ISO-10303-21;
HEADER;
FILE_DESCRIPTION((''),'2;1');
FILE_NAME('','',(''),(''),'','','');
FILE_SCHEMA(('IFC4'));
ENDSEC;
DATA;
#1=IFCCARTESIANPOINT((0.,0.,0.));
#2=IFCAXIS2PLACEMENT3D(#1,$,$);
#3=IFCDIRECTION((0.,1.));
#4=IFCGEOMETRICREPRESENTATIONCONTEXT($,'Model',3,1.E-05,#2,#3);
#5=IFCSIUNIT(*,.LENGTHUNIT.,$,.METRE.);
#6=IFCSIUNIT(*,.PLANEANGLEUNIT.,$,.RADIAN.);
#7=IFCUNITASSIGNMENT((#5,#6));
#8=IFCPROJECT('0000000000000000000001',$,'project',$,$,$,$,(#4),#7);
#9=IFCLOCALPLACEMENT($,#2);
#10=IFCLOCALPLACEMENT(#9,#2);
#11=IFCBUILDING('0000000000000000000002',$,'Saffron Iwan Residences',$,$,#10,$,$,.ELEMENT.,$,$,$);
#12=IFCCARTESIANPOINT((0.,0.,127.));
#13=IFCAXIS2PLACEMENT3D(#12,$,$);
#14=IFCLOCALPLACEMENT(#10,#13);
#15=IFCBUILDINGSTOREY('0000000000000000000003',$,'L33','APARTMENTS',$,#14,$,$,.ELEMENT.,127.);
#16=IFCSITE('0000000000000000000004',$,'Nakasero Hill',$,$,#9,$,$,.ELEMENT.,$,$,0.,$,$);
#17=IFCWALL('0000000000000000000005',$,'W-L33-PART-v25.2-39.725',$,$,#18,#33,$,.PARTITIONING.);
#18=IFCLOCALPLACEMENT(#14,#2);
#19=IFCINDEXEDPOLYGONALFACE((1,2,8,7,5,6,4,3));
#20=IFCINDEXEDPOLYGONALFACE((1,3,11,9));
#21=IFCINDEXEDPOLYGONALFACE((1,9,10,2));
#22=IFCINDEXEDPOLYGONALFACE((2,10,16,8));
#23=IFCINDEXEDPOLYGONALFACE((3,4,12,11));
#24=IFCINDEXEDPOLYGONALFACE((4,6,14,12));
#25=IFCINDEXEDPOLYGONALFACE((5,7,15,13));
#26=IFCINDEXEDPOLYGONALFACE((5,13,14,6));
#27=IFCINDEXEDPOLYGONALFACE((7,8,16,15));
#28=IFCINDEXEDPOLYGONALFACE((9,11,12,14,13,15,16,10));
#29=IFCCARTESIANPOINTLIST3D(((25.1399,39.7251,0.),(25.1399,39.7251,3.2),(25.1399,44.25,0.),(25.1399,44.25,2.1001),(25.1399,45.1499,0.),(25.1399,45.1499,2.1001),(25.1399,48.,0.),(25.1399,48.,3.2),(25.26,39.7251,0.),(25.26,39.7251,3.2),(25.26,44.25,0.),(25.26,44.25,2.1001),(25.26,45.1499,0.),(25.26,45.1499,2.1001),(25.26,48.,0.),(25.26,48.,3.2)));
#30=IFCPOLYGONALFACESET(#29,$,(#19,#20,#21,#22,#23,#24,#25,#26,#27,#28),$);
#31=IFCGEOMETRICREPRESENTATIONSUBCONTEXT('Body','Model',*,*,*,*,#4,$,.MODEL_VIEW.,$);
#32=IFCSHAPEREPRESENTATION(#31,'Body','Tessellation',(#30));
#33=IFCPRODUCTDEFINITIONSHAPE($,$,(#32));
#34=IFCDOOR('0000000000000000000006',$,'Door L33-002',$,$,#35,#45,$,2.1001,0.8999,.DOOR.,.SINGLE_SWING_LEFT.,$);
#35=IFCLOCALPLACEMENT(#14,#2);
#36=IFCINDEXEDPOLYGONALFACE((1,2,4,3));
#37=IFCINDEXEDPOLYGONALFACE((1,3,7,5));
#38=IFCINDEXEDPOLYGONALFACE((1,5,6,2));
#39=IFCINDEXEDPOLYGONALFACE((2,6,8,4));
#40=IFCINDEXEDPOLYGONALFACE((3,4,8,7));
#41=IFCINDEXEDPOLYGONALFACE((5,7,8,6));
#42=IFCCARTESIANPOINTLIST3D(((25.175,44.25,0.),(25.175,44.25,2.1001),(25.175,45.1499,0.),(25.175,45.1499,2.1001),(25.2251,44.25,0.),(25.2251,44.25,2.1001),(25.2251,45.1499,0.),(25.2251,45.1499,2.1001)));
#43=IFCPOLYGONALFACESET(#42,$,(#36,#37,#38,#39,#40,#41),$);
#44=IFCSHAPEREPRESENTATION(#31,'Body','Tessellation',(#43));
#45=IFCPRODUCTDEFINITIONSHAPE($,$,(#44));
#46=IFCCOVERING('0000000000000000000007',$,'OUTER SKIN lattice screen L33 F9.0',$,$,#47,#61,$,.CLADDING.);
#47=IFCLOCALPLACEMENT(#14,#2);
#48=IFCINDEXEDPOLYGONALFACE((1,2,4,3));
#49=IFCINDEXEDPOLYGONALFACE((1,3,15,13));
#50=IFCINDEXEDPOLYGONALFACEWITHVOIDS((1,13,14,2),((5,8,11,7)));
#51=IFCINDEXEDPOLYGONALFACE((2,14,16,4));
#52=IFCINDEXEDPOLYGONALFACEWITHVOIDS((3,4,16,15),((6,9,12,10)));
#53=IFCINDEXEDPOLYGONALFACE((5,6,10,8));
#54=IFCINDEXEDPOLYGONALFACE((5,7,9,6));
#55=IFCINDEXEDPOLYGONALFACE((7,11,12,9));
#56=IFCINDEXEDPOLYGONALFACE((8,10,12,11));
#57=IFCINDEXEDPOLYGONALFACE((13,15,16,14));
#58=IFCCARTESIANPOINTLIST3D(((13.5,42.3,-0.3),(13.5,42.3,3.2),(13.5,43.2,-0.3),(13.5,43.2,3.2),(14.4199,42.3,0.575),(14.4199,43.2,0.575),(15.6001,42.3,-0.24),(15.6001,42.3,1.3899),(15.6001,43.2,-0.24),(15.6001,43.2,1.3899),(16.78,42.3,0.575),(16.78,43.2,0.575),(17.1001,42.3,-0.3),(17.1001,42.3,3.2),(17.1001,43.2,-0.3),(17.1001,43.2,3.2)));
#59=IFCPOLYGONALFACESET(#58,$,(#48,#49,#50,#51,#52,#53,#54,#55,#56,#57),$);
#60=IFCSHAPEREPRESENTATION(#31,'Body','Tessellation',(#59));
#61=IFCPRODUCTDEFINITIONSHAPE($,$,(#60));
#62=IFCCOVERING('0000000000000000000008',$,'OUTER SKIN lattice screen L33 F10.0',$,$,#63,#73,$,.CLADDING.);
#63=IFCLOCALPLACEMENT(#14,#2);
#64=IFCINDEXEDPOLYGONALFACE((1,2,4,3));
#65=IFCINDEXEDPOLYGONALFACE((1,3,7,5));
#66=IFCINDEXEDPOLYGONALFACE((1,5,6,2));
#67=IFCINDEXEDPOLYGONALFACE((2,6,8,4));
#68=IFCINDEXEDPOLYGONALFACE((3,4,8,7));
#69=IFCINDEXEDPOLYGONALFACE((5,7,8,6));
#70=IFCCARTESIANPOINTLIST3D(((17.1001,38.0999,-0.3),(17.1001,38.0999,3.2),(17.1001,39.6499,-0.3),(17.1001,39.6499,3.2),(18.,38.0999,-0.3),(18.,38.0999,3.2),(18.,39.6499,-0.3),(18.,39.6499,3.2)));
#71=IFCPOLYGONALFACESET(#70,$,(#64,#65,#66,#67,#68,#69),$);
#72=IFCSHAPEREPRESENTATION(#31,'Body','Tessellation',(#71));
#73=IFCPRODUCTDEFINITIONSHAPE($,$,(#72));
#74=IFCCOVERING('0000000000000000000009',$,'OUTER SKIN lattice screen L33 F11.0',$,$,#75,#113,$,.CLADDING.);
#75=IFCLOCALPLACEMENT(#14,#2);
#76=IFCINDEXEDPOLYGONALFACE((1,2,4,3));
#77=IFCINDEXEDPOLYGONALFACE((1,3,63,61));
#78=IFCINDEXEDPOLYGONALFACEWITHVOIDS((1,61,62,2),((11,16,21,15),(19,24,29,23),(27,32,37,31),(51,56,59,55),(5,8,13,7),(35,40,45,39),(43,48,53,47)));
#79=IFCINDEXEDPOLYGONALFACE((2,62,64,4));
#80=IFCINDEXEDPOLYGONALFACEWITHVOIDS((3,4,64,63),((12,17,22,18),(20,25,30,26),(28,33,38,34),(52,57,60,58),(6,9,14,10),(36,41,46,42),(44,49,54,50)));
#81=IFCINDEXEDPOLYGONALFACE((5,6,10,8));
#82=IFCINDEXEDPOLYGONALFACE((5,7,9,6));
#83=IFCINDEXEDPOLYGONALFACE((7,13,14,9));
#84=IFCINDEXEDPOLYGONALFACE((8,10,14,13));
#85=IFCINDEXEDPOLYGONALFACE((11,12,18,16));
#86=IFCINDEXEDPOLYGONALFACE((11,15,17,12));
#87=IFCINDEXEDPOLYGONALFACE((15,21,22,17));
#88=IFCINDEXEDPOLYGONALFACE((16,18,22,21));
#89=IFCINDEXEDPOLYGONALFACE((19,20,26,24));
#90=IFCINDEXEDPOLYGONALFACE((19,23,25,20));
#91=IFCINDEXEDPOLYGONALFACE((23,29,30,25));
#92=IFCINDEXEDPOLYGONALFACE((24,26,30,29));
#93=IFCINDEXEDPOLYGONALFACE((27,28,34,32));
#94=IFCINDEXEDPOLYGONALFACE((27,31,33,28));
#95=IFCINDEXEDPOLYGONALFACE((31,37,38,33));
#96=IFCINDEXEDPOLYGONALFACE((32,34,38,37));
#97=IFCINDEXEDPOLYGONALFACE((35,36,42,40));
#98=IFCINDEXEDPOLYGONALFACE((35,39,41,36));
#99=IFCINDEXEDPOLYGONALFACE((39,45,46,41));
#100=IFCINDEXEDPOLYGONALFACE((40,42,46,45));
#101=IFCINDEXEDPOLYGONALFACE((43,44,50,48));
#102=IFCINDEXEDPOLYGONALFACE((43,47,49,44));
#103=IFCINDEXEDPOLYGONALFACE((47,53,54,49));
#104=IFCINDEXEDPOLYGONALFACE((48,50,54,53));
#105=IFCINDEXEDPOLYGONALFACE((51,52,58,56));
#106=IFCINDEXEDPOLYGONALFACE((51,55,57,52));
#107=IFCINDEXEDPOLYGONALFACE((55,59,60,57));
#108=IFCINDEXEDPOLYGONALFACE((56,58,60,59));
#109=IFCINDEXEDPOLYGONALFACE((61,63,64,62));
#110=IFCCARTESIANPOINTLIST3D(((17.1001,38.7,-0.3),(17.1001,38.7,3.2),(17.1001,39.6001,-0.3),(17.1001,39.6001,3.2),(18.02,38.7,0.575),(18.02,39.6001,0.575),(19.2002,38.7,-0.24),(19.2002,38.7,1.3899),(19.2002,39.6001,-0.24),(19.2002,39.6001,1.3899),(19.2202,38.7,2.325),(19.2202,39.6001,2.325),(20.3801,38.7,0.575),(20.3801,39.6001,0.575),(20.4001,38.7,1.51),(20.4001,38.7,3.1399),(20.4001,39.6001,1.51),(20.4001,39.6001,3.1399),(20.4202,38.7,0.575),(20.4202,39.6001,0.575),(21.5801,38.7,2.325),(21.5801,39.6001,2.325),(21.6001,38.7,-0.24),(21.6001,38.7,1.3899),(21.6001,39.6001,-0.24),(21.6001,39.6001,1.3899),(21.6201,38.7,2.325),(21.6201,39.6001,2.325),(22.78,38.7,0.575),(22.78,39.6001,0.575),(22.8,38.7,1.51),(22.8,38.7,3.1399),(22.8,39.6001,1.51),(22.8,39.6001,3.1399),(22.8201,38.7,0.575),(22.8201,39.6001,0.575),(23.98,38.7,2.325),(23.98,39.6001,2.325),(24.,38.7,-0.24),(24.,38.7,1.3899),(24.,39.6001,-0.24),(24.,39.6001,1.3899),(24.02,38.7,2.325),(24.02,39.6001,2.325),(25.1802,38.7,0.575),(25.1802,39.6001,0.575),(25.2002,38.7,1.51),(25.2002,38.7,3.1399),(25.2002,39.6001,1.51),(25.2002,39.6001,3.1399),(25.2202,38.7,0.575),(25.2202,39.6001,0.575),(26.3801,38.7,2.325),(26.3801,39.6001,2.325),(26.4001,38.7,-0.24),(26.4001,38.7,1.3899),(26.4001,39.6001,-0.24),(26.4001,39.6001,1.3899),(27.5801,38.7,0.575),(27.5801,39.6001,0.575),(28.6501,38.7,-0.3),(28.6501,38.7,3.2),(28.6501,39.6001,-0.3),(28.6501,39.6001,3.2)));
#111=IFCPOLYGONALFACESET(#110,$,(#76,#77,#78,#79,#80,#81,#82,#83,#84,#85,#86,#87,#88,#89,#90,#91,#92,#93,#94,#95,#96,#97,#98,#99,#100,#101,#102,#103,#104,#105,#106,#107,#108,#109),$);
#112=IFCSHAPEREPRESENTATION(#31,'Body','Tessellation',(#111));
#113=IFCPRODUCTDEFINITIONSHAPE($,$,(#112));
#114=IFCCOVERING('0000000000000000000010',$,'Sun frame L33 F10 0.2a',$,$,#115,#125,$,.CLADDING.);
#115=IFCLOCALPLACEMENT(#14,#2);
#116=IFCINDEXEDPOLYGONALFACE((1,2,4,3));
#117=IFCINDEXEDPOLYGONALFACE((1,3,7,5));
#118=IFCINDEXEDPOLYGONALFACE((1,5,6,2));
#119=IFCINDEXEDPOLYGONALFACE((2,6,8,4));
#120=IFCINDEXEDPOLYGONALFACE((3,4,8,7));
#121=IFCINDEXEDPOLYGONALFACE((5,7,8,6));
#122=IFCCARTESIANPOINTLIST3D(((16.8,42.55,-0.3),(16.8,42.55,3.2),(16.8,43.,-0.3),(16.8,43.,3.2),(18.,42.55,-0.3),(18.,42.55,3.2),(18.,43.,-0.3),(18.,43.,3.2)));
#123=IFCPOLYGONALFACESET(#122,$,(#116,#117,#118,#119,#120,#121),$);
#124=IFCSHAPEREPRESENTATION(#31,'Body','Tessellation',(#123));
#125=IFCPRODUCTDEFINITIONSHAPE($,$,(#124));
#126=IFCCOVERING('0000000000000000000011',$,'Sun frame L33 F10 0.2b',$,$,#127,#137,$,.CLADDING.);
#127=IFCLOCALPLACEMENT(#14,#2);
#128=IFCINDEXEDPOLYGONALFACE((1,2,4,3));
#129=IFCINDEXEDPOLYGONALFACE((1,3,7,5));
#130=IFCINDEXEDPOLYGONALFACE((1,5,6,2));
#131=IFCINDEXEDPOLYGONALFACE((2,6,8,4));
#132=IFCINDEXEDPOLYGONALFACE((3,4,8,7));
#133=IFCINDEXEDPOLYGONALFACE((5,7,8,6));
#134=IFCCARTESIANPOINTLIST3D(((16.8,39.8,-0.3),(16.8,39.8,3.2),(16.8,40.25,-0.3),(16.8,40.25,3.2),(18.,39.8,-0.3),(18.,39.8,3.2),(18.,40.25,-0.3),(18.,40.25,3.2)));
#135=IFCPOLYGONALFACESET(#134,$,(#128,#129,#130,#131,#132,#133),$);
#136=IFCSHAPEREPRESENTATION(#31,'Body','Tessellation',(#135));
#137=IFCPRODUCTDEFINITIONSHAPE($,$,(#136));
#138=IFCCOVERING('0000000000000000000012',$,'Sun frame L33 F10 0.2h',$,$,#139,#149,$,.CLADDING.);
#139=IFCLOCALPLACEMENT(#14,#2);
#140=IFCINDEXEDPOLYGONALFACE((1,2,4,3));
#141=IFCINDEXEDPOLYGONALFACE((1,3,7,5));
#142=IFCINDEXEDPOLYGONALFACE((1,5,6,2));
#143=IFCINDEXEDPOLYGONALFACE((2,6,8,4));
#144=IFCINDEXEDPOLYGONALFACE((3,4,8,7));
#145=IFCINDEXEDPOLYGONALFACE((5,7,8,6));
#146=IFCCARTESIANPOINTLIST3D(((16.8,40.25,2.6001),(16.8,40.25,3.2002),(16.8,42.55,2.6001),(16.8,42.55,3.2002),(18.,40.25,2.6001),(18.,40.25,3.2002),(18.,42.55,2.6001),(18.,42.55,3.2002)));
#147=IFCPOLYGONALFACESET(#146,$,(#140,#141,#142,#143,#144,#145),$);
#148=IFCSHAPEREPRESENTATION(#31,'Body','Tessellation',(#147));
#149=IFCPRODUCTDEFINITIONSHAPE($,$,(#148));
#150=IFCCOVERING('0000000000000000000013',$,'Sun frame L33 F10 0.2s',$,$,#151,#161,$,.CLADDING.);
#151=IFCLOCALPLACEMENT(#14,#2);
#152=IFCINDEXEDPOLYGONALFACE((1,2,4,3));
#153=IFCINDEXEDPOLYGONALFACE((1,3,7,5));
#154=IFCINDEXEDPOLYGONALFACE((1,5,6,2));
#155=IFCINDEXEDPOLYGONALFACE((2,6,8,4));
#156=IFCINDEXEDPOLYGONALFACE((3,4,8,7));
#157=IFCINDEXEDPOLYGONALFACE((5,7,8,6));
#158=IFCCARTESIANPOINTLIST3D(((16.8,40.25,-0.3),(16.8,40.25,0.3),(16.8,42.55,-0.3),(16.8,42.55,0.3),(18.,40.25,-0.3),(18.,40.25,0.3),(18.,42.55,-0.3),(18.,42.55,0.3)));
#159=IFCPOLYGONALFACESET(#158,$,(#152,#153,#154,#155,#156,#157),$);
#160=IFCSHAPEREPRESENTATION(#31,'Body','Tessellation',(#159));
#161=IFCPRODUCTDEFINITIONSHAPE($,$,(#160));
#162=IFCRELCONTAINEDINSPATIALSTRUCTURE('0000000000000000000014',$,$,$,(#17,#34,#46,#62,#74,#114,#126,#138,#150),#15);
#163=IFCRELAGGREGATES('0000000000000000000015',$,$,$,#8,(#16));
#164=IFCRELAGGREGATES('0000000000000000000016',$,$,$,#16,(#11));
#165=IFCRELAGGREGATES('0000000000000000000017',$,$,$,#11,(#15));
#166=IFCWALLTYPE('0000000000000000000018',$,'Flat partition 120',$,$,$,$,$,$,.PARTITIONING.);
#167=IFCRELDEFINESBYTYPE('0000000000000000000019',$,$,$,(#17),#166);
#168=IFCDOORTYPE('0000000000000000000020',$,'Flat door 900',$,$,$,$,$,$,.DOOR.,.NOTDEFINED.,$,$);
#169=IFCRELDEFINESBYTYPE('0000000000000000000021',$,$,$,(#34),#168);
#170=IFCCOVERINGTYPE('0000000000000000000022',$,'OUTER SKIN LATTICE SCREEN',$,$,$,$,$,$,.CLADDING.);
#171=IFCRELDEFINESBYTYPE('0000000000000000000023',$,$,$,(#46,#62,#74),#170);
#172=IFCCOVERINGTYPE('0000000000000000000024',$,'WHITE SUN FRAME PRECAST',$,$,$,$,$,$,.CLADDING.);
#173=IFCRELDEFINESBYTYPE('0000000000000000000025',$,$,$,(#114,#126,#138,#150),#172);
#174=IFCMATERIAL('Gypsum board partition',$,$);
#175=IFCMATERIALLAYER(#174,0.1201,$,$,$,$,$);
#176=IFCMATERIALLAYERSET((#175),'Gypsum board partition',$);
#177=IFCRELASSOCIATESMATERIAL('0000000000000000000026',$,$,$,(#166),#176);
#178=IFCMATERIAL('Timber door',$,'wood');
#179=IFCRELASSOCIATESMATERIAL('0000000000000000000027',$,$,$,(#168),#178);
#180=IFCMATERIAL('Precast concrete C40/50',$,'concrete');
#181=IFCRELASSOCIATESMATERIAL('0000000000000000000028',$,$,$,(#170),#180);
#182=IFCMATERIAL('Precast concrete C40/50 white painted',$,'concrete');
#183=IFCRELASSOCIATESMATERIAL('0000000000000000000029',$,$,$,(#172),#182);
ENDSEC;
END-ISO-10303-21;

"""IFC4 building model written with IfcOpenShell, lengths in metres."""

from ifc_helpers import new_model, si_unit, direction, frame, frame_2d, origin, place, context, subcontext, project, spatial, polyline, rectangle, outline, extrude, material, layer, layer_set, type_object, element, fill, save


model = new_model("IFC4")

# Units and contexts
model_context = context("Model", 3, precision=1e-05, world=origin(), true_north=direction((0.0, 1.0)))
body_context = subcontext(model_context, "Body", "Model", "MODEL_VIEW")
ifc_project = project(units=[si_unit("LENGTHUNIT", "METRE"), si_unit("PLANEANGLEUNIT", "RADIAN")], contexts=[model_context])

# Site, building, storey
site_placement = place(None, origin())
site = spatial("IfcSite", under=ifc_project, at=site_placement, Name="Nakasero Hill", CompositionType="ELEMENT", RefElevation=0.0)
building_placement = place(site_placement, origin())
building = spatial("IfcBuilding", under=site, at=building_placement, Name="Saffron Iwan Residences", CompositionType="ELEMENT")
storey_placement = place(building_placement, frame((0.0, 0.0, 127.0)))
storey = spatial("IfcBuildingStorey", under=building, at=storey_placement, Name="L33", Description="APARTMENTS", CompositionType="ELEMENT", Elevation=127.0)

# Wall, opening, door
ifc_material_1 = material(Name="Gypsum board partition")
ifc_layer_1 = layer(ifc_material_1, 0.1201)
ifc_layer_set_1 = layer_set([ifc_layer_1], Name="Gypsum board partition")
wall_type_1 = type_object("IfcWallType", Name="Flat partition 120", PredefinedType="PARTITIONING", material=ifc_layer_set_1)
wall_1_placement = place(storey_placement, frame((25.2, 39.7251, 0.0), z_axis=(0.0, 0.0, 1.0), x_axis=(0.0, 1.0, 0.0)))
wall_1 = element("IfcWall", 1, at=wall_1_placement, inside=storey, type_object=wall_type_1, Name="W-L33-PART-v25.2-39.725", PredefinedType="PARTITIONING", context=body_context, shape_type="SweptSolid", body=[
    extrude(rectangle(XDim=8.2749, YDim=0.1201, at=frame_2d((4.1375, 0.0))), origin(), (0.0, 0.0, 1.0), 3.2),
])
opening_1_placement = place(wall_1_placement, frame((4.5249, 0.0, 0.0)))
opening_1 = element("IfcOpeningElement", 2, at=opening_1_placement, cuts=wall_1, PredefinedType="OPENING", context=body_context, shape_type="SweptSolid", body=[
    extrude(rectangle(XDim=0.8999, YDim=2.1001, at=frame_2d((0.45, 1.05))), frame((0.0, 0.0701, 0.0), z_axis=(0.0, -1.0, 0.0), x_axis=(1.0, 0.0, 0.0)), (0.0, 0.0, 1.0), 0.1401),
])
ifc_material_2 = material(Name="Timber door", Category="wood")
door_type_1 = type_object("IfcDoorType", Name="Flat door 900", OperationType="NOTDEFINED", PredefinedType="DOOR", material=ifc_material_2)
door_1_placement = place(opening_1_placement, origin())
door_1 = element("IfcDoor", 3, at=door_1_placement, inside=storey, type_object=door_type_1, Name="Door L33-002", OperationType="SINGLE_SWING_LEFT", OverallHeight=2.1001, OverallWidth=0.8999, PredefinedType="DOOR", context=body_context, shape_type="SweptSolid", body=[
    extrude(rectangle(XDim=0.8999, YDim=2.1001, at=frame_2d((0.45, 1.05))), frame((0.0, 0.0249, 0.0), z_axis=(0.0, -1.0, 0.0), x_axis=(1.0, 0.0, 0.0)), (0.0, 0.0, 1.0), 0.05),
])
fill(opening_1, door_1)

# Coverings
ifc_material_3 = material(Name="Precast concrete C40/50", Category="concrete")
covering_type_1 = type_object("IfcCoveringType", Name="OUTER SKIN LATTICE SCREEN", PredefinedType="CLADDING", material=ifc_material_3)
covering_1_placement = place(storey_placement, frame((13.5, 43.2, -0.3), z_axis=(0.0, -1.0, 0.0), x_axis=(1.0, 0.0, 0.0)))
element("IfcCovering", 4, at=covering_1_placement, inside=storey, type_object=covering_type_1, Name="OUTER SKIN lattice screen L33 F9.0", PredefinedType="CLADDING", context=body_context, shape_type="SweptSolid", body=[
    extrude(outline(polyline([(0.0, 0.0), (3.6001, 0.0), (3.6001, 3.5), (0.0, 3.5), (0.0, 0.0)]), holes=[polyline([(0.9199, 0.875), (2.1001, 0.0601), (3.28, 0.875), (2.1001, 1.6899), (0.9199, 0.875)])]), origin(), (0.0, 0.0, 1.0), 0.8999),
])
covering_2_placement = place(storey_placement, frame((18.0, 39.6499, -0.3), z_axis=(-1.0, 0.0, 0.0), x_axis=(0.0, -1.0, 0.0)))
element("IfcCovering", 5, at=covering_2_placement, inside=storey, type_object=covering_type_1, Name="OUTER SKIN lattice screen L33 F10.0", PredefinedType="CLADDING", context=body_context, shape_type="SweptSolid", body=[
    extrude(outline(polyline([(0.0, 0.0), (1.55, 0.0), (1.55, 3.5), (0.0, 3.5), (0.0, 0.0)])), origin(), (0.0, 0.0, 1.0), 0.8999),
])
covering_3_placement = place(storey_placement, frame((17.1001, 39.6001, -0.3), z_axis=(0.0, -1.0, 0.0), x_axis=(1.0, 0.0, 0.0)))
element("IfcCovering", 6, at=covering_3_placement, inside=storey, type_object=covering_type_1, Name="OUTER SKIN lattice screen L33 F11.0", PredefinedType="CLADDING", context=body_context, shape_type="SweptSolid", body=[
    extrude(outline(polyline([(0.0, 0.0), (11.55, 0.0), (11.55, 3.5), (0.0, 3.5), (0.0, 0.0)]), holes=[polyline([(0.9199, 0.875), (2.1001, 0.0601), (3.28, 0.875), (2.1001, 1.6899), (0.9199, 0.875)]), polyline([(3.3201, 0.875), (4.5, 0.0601), (5.6799, 0.875), (4.5, 1.6899), (3.3201, 0.875)]), polyline([(5.72, 0.875), (6.8999, 0.0601), (8.0801, 0.875), (6.8999, 1.6899), (5.72, 0.875)]), polyline([(8.1201, 0.875), (9.3, 0.0601), (10.48, 0.875), (9.3, 1.6899), (8.1201, 0.875)]), polyline([(2.1201, 2.625), (3.3, 1.8101), (4.48, 2.625), (3.3, 3.4399), (2.1201, 2.625)]), polyline([(4.52, 2.625), (5.7, 1.8101), (6.8799, 2.625), (5.7, 3.4399), (4.52, 2.625)]), polyline([(6.9199, 2.625), (8.1001, 1.8101), (9.28, 2.625), (8.1001, 3.4399), (6.9199, 2.625)])]), origin(), (0.0, 0.0, 1.0), 0.9001),
])
ifc_material_4 = material(Name="Precast concrete C40/50 white painted", Category="concrete")
covering_type_2 = type_object("IfcCoveringType", Name="WHITE SUN FRAME PRECAST", PredefinedType="CLADDING", material=ifc_material_4)
for number, where, z_axis, x_axis, name in (
    (7, (18.0, 43.0, -0.3), (-1.0, 0.0, 0.0), (0.0, -1.0, 0.0), "Sun frame L33 F10 0.2a"),
    (8, (18.0, 40.25, -0.3), (-1.0, 0.0, 0.0), (0.0, -1.0, 0.0), "Sun frame L33 F10 0.2b"),
):
    element("IfcCovering", number, at=place(storey_placement, frame(where, z_axis=z_axis, x_axis=x_axis)), inside=storey, type_object=covering_type_2, Name=name, PredefinedType="CLADDING", context=body_context, shape_type="SweptSolid", body=[
        extrude(outline(polyline([(0.0, 0.0), (0.45, 0.0), (0.45, 3.5), (0.0, 3.5), (0.0, 0.0)])), origin(), (0.0, 0.0, 1.0), 1.2),
    ])
for number, where, z_axis, x_axis, name in (
    (9, (18.0, 42.55, 2.6001), (-1.0, 0.0, 0.0), (0.0, -1.0, 0.0), "Sun frame L33 F10 0.2h"),
    (10, (18.0, 42.55, -0.3), (-1.0, 0.0, 0.0), (0.0, -1.0, 0.0), "Sun frame L33 F10 0.2s"),
):
    element("IfcCovering", number, at=place(storey_placement, frame(where, z_axis=z_axis, x_axis=x_axis)), inside=storey, type_object=covering_type_2, Name=name, PredefinedType="CLADDING", context=body_context, shape_type="SweptSolid", body=[
        extrude(outline(polyline([(0.0, 0.0), (2.3, 0.0), (2.3, 0.6001), (0.0, 0.6001), (0.0, 0.0)])), origin(), (0.0, 0.0, 1.0), 1.2),
    ])

save(model, "model.ifc")
